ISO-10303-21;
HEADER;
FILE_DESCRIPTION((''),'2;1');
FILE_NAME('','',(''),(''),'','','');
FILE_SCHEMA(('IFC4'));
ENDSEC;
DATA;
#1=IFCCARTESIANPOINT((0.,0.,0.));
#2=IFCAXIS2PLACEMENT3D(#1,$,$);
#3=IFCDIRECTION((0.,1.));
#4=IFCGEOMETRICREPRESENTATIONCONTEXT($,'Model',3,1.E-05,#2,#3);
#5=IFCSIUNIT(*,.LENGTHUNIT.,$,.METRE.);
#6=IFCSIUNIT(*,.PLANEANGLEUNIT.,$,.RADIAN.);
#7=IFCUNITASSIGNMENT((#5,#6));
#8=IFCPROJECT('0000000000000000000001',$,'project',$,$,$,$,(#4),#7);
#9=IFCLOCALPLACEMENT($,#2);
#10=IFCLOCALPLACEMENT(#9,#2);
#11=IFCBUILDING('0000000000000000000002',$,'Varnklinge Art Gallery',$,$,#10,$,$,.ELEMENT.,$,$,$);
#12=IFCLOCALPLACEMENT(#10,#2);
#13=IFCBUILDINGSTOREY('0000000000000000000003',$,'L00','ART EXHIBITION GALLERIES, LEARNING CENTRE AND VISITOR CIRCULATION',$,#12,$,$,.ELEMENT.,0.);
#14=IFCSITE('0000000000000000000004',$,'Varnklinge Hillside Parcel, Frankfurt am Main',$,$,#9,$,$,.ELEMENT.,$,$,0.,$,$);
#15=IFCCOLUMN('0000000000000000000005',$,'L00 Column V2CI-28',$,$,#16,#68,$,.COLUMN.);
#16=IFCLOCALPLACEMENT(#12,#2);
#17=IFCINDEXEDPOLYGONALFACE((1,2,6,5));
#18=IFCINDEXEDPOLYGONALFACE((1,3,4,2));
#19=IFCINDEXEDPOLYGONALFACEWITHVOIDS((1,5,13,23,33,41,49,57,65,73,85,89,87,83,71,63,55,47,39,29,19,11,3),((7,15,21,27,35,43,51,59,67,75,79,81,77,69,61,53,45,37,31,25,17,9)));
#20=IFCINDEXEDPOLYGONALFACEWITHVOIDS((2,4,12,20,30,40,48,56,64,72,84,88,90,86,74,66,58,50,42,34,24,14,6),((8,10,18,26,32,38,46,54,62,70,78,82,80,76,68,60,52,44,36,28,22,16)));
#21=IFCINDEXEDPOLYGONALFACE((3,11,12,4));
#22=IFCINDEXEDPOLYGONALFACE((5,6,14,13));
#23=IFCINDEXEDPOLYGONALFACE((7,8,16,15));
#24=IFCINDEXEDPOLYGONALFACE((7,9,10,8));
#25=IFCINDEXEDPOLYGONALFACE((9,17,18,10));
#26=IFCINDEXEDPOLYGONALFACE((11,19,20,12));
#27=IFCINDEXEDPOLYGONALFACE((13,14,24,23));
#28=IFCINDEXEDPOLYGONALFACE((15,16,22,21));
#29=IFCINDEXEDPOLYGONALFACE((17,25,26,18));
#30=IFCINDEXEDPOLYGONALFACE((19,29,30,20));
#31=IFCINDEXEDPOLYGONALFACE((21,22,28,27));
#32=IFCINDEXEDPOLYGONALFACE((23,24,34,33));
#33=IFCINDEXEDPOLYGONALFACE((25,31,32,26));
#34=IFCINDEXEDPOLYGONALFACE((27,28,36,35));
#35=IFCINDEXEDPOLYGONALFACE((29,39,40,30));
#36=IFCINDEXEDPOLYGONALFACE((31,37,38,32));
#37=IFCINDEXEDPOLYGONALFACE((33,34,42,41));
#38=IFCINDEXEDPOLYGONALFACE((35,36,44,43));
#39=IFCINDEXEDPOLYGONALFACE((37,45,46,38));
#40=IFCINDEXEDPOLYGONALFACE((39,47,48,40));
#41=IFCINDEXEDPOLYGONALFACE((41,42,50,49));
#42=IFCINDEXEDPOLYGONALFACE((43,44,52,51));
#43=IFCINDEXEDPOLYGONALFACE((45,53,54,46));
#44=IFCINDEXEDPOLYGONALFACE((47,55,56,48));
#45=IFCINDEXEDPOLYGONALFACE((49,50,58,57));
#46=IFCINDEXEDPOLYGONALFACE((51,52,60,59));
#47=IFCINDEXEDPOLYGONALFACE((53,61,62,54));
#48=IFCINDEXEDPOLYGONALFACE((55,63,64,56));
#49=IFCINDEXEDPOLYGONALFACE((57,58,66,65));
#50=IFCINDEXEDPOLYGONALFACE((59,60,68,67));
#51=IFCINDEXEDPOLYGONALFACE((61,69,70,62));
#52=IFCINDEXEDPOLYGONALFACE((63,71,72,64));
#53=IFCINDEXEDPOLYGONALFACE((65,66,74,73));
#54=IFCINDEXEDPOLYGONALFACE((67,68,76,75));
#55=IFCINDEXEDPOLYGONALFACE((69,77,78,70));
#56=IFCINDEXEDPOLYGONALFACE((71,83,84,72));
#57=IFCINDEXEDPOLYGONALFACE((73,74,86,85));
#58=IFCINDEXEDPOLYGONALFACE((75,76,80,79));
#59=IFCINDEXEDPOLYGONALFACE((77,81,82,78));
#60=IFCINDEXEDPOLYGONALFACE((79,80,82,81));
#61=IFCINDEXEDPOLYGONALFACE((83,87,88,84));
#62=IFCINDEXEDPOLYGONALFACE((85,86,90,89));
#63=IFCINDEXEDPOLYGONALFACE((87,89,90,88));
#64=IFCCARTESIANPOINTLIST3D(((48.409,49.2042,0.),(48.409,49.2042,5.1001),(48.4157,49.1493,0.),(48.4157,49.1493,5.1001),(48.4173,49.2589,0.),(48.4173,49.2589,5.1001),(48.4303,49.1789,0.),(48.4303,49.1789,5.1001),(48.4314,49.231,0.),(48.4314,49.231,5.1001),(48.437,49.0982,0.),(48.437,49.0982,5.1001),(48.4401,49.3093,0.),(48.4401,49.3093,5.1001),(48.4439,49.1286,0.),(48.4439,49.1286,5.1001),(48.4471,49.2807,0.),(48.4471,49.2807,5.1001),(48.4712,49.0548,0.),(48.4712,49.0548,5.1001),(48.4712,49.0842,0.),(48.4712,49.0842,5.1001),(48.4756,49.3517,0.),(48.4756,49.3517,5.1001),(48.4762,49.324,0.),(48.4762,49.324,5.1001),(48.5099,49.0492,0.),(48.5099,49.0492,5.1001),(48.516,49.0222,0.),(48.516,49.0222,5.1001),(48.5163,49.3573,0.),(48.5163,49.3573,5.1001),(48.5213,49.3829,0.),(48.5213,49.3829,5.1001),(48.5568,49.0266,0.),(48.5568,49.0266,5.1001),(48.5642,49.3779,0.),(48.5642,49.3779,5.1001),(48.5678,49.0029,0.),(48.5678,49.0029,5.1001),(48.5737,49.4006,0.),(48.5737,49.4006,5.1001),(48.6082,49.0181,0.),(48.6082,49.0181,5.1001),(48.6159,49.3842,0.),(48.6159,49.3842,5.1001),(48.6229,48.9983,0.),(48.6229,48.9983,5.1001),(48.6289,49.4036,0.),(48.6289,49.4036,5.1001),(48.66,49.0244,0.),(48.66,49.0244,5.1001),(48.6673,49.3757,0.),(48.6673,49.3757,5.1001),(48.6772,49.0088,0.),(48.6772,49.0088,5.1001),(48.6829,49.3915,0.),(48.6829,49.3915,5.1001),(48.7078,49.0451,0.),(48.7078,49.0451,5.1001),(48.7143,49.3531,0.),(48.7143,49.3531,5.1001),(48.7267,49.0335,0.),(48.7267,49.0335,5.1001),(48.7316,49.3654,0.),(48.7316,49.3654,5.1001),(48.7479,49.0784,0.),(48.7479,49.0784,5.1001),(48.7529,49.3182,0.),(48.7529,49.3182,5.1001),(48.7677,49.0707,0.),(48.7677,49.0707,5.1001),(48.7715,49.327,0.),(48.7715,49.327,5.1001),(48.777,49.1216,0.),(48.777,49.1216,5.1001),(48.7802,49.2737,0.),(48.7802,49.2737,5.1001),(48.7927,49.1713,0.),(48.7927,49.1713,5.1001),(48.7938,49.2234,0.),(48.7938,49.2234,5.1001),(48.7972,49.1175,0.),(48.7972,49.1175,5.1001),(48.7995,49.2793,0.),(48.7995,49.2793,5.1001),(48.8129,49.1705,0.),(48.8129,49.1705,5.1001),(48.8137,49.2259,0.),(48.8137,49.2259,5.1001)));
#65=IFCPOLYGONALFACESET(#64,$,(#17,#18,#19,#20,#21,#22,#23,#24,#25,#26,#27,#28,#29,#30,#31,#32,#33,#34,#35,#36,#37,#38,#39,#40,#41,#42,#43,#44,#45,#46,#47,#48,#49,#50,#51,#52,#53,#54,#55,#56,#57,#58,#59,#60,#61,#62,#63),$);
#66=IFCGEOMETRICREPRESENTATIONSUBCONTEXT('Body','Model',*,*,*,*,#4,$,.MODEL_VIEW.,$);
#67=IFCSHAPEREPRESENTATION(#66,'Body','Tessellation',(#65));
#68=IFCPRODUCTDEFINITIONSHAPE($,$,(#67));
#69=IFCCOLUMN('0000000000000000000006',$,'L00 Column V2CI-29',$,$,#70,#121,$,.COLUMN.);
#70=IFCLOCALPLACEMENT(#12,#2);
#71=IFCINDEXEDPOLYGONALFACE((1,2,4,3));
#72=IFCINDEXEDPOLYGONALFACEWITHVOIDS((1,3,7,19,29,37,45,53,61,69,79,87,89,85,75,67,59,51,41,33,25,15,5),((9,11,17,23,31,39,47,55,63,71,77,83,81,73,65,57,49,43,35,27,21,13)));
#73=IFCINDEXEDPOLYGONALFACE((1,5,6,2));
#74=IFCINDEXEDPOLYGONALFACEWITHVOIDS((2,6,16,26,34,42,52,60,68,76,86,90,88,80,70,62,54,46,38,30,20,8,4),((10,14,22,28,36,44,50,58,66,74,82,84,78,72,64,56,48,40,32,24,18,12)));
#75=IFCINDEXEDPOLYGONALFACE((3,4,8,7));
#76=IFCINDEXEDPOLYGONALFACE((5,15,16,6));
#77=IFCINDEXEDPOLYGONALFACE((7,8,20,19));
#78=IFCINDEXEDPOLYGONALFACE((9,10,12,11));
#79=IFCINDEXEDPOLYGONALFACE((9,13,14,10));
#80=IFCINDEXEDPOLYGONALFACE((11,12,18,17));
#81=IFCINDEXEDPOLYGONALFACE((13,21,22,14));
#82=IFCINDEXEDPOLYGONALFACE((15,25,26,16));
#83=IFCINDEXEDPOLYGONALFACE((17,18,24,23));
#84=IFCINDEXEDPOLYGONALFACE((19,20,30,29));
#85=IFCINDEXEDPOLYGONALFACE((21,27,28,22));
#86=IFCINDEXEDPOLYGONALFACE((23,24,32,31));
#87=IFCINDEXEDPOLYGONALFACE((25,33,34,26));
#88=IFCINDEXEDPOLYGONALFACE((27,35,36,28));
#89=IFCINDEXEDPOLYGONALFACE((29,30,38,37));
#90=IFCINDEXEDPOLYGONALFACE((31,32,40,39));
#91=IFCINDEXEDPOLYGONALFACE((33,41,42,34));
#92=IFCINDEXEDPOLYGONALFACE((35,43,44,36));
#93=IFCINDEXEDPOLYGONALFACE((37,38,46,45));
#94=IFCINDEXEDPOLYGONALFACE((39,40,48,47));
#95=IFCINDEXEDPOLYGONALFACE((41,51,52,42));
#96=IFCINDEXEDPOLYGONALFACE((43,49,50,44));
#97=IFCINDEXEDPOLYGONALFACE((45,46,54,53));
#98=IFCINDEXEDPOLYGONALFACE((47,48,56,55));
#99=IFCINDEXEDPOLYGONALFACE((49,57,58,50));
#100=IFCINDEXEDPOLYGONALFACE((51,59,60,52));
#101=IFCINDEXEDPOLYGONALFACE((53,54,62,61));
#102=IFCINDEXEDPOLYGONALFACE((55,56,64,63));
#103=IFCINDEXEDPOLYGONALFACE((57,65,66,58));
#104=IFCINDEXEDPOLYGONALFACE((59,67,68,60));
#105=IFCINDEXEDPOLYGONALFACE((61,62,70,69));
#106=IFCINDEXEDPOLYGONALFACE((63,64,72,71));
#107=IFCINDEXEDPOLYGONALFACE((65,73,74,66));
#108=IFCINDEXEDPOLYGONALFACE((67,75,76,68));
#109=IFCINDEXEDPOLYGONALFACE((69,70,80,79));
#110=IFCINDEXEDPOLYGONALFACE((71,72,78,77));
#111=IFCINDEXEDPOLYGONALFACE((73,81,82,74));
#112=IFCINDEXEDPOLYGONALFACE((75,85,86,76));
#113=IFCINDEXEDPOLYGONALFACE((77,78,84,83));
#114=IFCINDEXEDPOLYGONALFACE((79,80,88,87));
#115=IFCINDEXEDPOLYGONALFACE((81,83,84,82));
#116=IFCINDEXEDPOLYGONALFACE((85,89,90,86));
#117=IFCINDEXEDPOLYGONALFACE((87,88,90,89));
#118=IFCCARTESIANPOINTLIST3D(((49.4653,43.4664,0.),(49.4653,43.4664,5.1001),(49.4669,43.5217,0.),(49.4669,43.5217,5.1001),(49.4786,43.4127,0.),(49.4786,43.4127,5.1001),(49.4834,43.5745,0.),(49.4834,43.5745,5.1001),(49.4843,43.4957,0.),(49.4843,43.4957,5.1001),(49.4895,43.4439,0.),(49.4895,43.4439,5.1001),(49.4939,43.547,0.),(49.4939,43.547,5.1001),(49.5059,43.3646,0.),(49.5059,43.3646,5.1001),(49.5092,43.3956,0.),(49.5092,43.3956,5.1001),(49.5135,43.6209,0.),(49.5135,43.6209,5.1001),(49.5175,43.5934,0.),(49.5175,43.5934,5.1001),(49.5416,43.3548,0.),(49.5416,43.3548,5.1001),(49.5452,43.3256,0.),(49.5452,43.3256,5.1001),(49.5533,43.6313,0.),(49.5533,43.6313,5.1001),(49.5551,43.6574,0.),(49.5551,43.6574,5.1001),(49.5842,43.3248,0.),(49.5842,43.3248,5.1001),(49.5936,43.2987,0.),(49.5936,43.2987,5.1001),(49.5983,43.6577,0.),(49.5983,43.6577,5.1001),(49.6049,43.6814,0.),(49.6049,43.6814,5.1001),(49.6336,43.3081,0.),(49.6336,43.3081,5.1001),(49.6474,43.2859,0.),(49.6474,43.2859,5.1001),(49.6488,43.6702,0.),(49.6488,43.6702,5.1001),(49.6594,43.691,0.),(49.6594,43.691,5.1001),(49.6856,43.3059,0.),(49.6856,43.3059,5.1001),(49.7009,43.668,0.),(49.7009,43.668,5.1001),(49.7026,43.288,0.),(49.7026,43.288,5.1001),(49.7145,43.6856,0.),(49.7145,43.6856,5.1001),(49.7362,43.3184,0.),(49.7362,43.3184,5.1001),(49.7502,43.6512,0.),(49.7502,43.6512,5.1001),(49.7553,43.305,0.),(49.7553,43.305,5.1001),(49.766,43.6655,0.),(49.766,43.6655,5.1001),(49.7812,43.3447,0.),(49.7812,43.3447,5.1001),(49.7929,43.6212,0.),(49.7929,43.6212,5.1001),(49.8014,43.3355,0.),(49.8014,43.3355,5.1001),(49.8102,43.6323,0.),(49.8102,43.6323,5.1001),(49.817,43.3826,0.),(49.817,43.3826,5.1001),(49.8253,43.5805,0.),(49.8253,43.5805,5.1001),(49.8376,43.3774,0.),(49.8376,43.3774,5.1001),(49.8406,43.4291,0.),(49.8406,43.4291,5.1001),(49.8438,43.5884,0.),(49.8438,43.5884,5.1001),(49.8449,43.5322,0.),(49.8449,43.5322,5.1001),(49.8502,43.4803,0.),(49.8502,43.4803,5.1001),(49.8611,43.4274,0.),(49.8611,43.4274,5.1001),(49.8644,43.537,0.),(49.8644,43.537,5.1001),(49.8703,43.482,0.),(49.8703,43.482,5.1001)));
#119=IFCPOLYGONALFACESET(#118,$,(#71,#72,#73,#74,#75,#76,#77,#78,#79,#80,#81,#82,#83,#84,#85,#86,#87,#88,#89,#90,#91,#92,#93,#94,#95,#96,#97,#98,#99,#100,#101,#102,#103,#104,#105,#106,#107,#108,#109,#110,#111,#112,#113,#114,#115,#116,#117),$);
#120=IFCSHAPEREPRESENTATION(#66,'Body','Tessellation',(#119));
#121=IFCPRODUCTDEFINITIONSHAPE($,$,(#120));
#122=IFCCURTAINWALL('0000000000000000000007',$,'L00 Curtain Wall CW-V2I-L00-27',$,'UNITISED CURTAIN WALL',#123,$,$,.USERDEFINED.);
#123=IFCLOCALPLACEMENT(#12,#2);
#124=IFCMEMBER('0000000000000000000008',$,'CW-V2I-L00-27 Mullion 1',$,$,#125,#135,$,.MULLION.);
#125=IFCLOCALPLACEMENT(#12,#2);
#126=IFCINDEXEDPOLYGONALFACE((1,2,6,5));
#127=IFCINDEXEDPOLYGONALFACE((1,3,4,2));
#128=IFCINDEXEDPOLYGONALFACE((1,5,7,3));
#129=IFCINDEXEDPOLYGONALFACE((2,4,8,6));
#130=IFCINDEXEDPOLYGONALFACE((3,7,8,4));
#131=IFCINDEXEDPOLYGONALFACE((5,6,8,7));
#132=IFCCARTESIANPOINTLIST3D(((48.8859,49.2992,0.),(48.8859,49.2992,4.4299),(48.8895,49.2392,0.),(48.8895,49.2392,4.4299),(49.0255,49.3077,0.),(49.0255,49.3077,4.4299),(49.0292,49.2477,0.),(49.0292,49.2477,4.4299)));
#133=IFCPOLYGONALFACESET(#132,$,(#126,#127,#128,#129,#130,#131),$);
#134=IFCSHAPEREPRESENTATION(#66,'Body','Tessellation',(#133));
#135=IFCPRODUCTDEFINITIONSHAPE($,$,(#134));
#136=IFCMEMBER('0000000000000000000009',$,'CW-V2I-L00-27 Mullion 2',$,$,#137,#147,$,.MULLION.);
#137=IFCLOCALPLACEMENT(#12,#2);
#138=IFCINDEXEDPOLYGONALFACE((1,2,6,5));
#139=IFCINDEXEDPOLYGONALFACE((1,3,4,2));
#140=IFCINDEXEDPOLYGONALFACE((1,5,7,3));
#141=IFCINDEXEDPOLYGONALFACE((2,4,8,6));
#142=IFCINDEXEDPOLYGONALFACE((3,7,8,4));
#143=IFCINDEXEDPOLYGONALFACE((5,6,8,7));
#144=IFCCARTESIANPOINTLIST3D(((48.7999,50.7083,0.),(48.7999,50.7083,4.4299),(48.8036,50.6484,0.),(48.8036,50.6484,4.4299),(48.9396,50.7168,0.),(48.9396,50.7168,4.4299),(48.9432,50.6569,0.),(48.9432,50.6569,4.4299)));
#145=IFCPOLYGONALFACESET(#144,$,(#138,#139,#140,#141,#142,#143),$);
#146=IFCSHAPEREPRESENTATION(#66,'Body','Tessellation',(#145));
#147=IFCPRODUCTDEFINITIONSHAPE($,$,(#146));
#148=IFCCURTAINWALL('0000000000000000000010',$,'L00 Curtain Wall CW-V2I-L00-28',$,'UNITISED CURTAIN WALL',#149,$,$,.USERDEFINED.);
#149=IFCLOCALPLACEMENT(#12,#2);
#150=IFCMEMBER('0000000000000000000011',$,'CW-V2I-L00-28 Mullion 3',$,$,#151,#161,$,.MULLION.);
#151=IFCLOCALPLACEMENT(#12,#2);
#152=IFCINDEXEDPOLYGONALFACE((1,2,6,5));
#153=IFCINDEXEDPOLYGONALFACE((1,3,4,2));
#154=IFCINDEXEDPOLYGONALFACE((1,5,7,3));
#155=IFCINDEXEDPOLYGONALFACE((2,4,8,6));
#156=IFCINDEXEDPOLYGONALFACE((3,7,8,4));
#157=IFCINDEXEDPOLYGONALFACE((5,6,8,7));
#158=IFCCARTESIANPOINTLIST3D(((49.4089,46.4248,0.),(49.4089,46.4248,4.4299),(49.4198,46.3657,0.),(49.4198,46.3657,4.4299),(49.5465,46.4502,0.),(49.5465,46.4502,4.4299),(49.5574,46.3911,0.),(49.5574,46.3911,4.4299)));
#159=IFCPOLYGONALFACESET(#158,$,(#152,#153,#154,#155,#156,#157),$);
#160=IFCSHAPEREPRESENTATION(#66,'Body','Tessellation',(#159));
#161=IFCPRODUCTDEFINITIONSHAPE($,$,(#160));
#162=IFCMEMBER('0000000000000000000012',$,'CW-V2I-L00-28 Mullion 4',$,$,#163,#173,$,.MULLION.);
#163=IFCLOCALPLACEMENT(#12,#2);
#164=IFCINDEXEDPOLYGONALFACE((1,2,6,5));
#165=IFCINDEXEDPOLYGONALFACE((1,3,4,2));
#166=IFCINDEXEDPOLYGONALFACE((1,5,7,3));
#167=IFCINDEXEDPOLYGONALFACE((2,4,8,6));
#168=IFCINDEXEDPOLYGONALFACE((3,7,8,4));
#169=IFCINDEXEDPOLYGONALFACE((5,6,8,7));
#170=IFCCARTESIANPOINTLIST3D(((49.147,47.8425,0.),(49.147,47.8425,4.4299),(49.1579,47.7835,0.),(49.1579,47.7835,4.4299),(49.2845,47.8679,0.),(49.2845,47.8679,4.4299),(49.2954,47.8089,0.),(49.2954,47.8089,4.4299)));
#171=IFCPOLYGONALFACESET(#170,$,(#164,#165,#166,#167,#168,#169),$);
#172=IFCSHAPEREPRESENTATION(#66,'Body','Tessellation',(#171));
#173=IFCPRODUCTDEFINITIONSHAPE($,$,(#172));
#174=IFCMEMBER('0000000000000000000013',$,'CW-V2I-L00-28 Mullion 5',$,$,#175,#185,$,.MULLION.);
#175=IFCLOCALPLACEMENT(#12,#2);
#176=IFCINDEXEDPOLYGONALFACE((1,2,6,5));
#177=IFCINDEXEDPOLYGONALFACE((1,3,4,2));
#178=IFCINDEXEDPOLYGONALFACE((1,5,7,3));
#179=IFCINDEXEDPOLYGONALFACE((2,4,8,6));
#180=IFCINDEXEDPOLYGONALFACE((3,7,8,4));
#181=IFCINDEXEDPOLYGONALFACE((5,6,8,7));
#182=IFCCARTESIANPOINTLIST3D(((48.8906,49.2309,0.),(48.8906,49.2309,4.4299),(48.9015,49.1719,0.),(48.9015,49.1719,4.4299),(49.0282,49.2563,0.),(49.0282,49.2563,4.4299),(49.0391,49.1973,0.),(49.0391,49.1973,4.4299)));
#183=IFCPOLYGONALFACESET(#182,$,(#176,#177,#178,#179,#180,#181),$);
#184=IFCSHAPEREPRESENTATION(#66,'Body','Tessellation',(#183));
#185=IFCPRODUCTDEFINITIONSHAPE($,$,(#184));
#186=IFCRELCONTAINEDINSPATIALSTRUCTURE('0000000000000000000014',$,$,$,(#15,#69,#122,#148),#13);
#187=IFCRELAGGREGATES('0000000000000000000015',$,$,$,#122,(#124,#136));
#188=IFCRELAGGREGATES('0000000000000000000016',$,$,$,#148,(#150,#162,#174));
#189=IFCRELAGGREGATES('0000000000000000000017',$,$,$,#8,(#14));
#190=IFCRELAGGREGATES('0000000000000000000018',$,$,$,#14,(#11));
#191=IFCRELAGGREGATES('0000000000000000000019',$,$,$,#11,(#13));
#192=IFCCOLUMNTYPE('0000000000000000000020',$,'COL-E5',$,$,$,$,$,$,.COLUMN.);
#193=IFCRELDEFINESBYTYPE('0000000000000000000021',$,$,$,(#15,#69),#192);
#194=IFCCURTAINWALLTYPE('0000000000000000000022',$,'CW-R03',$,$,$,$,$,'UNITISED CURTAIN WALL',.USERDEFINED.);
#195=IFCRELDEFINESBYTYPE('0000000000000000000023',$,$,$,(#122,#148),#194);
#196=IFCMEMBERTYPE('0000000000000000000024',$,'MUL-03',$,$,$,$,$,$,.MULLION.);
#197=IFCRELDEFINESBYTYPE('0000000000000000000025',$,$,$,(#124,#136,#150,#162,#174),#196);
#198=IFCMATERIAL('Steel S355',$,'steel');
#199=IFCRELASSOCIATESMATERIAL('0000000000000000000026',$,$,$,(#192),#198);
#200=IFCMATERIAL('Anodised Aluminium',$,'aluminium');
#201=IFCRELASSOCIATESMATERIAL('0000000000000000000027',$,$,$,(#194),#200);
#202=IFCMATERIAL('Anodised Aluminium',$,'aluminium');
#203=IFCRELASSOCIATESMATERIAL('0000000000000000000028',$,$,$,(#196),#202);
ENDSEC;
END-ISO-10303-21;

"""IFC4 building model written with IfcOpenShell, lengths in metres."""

from ifc_helpers import new_model, si_unit, direction, frame, origin, origin_2d, place, context, subcontext, project, spatial, rectangle, hollow_circle, extrude, material, material_profile, profile_set, type_object, element, aggregate, save


model = new_model("IFC4")

# Units and contexts
model_context = context("Model", 3, precision=1e-05, world=origin(), true_north=direction((0.0, 1.0)))
body_context = subcontext(model_context, "Body", "Model", "MODEL_VIEW")
ifc_project = project(units=[si_unit("LENGTHUNIT", "METRE"), si_unit("PLANEANGLEUNIT", "RADIAN")], contexts=[model_context])

# Site, building, storey
site_placement = place(None, origin())
site = spatial("IfcSite", under=ifc_project, at=site_placement, Name="Varnklinge Hillside Parcel, Frankfurt am Main", CompositionType="ELEMENT", RefElevation=0.0)
building_placement = place(site_placement, origin())
building = spatial("IfcBuilding", under=site, at=building_placement, Name="Varnklinge Art Gallery", CompositionType="ELEMENT")
storey_placement = place(building_placement, origin())
storey = spatial("IfcBuildingStorey", under=building, at=storey_placement, Name="L00", Description="ART EXHIBITION GALLERIES, LEARNING CENTRE AND VISITOR CIRCULATION", CompositionType="ELEMENT", Elevation=0.0)

# Columns
ifc_material_1 = material(Name="Steel S355", Category="steel")
ifc_material_profile_1 = material_profile(ifc_material_1, hollow_circle(Radius=0.2031, WallThickness=0.02, at=origin_2d()), Name="CHS 406.4x20")
ifc_profile_set_1 = profile_set([ifc_material_profile_1], Name="Steel S355")
column_type = type_object("IfcColumnType", Name="COL-E5", PredefinedType="COLUMN", material=ifc_profile_set_1)
for number, where, z_axis, x_axis, name in (
    (1, (48.6121, 49.2012, 0.0), (0.0, 0.0, 1.0), (0.992589, 0.121523, 0.0), "L00 Column V2CI-28"),
    (2, (49.6672, 43.488, 0.0), (0.0, 0.0, 1.0), (0.970506, 0.241075, 0.0), "L00 Column V2CI-29"),
):
    element("IfcColumn", number, at=place(storey_placement, frame(where, z_axis=z_axis, x_axis=x_axis)), inside=storey, type_object=column_type, Name=name, PredefinedType="COLUMN", context=body_context, shape_type="SweptSolid", body=[
        extrude(hollow_circle(Radius=0.2031, WallThickness=0.02, at=origin_2d()), origin(), (0.0, 0.0, 1.0), 5.1001),
    ])

# Curtain walls, members
ifc_material_2 = material(Name="Anodised Aluminium", Category="aluminium")
curtain_wall_type = type_object("IfcCurtainWallType", Name="CW-R03", ElementType="UNITISED CURTAIN WALL", PredefinedType="USERDEFINED", material=ifc_material_2)
curtain_wall_1_placement = place(storey_placement, origin())
curtain_wall_1 = element("IfcCurtainWall", 3, at=curtain_wall_1_placement, inside=storey, type_object=curtain_wall_type, Name="L00 Curtain Wall CW-V2I-L00-27", ObjectType="UNITISED CURTAIN WALL", PredefinedType="USERDEFINED")
ifc_material_3 = material(Name="Anodised Aluminium", Category="aluminium")
ifc_material_profile_2 = material_profile(ifc_material_3, rectangle(XDim=0.0601, YDim=0.1399, at=origin_2d()), Name="ALU 60x140")
ifc_profile_set_2 = profile_set([ifc_material_profile_2], Name="Anodised Aluminium")
member_type_1 = type_object("IfcMemberType", Name="MUL-03", PredefinedType="MULLION", material=ifc_profile_set_2)
member_1_placement = place(storey_placement, frame((48.9575, 49.2734, 0.0), z_axis=(0.0, 0.0, 1.0), x_axis=(-0.060874, 0.998145, 0.0)))
member_1 = element("IfcMember", 4, at=member_1_placement, type_object=member_type_1, Name="CW-V2I-L00-27 Mullion 1", PredefinedType="MULLION", context=body_context, shape_type="SweptSolid", body=[
    extrude(rectangle(XDim=0.0601, YDim=0.1399, at=origin_2d()), origin(), (0.0, 0.0, 1.0), 4.4299),
])
member_2_placement = place(storey_placement, frame((48.8716, 50.6826, 0.0), z_axis=(0.0, 0.0, 1.0), x_axis=(-0.060874, 0.998145, 0.0)))
member_2 = element("IfcMember", 5, at=member_2_placement, type_object=member_type_1, Name="CW-V2I-L00-27 Mullion 2", PredefinedType="MULLION", context=body_context, shape_type="SweptSolid", body=[
    extrude(rectangle(XDim=0.0601, YDim=0.1399, at=origin_2d()), origin(), (0.0, 0.0, 1.0), 4.4299),
])
curtain_wall_2_placement = place(storey_placement, origin())
curtain_wall_2 = element("IfcCurtainWall", 6, at=curtain_wall_2_placement, inside=storey, type_object=curtain_wall_type, Name="L00 Curtain Wall CW-V2I-L00-28", ObjectType="UNITISED CURTAIN WALL", PredefinedType="USERDEFINED")
member_3_placement = place(storey_placement, frame((49.4832, 46.408, 0.0), z_axis=(0.0, 0.0, 1.0), x_axis=(-0.181549, 0.983382, 0.0)))
member_3 = element("IfcMember", 7, at=member_3_placement, type_object=member_type_1, Name="CW-V2I-L00-28 Mullion 3", PredefinedType="MULLION", context=body_context, shape_type="SweptSolid", body=[
    extrude(rectangle(XDim=0.0601, YDim=0.1399, at=origin_2d()), origin(), (0.0, 0.0, 1.0), 4.4299),
])
member_4_placement = place(storey_placement, frame((49.2212, 47.8257, 0.0), z_axis=(0.0, 0.0, 1.0), x_axis=(-0.181549, 0.983382, 0.0)))
member_4 = element("IfcMember", 8, at=member_4_placement, type_object=member_type_1, Name="CW-V2I-L00-28 Mullion 4", PredefinedType="MULLION", context=body_context, shape_type="SweptSolid", body=[
    extrude(rectangle(XDim=0.0601, YDim=0.1399, at=origin_2d()), origin(), (0.0, 0.0, 1.0), 4.4299),
])
member_5_placement = place(storey_placement, frame((48.9648, 49.2141, 0.0), z_axis=(0.0, 0.0, 1.0), x_axis=(-0.181549, 0.983382, 0.0)))
member_5 = element("IfcMember", 9, at=member_5_placement, type_object=member_type_1, Name="CW-V2I-L00-28 Mullion 5", PredefinedType="MULLION", context=body_context, shape_type="SweptSolid", body=[
    extrude(rectangle(XDim=0.0601, YDim=0.1399, at=origin_2d()), origin(), (0.0, 0.0, 1.0), 4.4299),
])

aggregate(curtain_wall_1, [member_1, member_2])
aggregate(curtain_wall_2, [member_3, member_4, member_5])

save(model, "model.ifc")
